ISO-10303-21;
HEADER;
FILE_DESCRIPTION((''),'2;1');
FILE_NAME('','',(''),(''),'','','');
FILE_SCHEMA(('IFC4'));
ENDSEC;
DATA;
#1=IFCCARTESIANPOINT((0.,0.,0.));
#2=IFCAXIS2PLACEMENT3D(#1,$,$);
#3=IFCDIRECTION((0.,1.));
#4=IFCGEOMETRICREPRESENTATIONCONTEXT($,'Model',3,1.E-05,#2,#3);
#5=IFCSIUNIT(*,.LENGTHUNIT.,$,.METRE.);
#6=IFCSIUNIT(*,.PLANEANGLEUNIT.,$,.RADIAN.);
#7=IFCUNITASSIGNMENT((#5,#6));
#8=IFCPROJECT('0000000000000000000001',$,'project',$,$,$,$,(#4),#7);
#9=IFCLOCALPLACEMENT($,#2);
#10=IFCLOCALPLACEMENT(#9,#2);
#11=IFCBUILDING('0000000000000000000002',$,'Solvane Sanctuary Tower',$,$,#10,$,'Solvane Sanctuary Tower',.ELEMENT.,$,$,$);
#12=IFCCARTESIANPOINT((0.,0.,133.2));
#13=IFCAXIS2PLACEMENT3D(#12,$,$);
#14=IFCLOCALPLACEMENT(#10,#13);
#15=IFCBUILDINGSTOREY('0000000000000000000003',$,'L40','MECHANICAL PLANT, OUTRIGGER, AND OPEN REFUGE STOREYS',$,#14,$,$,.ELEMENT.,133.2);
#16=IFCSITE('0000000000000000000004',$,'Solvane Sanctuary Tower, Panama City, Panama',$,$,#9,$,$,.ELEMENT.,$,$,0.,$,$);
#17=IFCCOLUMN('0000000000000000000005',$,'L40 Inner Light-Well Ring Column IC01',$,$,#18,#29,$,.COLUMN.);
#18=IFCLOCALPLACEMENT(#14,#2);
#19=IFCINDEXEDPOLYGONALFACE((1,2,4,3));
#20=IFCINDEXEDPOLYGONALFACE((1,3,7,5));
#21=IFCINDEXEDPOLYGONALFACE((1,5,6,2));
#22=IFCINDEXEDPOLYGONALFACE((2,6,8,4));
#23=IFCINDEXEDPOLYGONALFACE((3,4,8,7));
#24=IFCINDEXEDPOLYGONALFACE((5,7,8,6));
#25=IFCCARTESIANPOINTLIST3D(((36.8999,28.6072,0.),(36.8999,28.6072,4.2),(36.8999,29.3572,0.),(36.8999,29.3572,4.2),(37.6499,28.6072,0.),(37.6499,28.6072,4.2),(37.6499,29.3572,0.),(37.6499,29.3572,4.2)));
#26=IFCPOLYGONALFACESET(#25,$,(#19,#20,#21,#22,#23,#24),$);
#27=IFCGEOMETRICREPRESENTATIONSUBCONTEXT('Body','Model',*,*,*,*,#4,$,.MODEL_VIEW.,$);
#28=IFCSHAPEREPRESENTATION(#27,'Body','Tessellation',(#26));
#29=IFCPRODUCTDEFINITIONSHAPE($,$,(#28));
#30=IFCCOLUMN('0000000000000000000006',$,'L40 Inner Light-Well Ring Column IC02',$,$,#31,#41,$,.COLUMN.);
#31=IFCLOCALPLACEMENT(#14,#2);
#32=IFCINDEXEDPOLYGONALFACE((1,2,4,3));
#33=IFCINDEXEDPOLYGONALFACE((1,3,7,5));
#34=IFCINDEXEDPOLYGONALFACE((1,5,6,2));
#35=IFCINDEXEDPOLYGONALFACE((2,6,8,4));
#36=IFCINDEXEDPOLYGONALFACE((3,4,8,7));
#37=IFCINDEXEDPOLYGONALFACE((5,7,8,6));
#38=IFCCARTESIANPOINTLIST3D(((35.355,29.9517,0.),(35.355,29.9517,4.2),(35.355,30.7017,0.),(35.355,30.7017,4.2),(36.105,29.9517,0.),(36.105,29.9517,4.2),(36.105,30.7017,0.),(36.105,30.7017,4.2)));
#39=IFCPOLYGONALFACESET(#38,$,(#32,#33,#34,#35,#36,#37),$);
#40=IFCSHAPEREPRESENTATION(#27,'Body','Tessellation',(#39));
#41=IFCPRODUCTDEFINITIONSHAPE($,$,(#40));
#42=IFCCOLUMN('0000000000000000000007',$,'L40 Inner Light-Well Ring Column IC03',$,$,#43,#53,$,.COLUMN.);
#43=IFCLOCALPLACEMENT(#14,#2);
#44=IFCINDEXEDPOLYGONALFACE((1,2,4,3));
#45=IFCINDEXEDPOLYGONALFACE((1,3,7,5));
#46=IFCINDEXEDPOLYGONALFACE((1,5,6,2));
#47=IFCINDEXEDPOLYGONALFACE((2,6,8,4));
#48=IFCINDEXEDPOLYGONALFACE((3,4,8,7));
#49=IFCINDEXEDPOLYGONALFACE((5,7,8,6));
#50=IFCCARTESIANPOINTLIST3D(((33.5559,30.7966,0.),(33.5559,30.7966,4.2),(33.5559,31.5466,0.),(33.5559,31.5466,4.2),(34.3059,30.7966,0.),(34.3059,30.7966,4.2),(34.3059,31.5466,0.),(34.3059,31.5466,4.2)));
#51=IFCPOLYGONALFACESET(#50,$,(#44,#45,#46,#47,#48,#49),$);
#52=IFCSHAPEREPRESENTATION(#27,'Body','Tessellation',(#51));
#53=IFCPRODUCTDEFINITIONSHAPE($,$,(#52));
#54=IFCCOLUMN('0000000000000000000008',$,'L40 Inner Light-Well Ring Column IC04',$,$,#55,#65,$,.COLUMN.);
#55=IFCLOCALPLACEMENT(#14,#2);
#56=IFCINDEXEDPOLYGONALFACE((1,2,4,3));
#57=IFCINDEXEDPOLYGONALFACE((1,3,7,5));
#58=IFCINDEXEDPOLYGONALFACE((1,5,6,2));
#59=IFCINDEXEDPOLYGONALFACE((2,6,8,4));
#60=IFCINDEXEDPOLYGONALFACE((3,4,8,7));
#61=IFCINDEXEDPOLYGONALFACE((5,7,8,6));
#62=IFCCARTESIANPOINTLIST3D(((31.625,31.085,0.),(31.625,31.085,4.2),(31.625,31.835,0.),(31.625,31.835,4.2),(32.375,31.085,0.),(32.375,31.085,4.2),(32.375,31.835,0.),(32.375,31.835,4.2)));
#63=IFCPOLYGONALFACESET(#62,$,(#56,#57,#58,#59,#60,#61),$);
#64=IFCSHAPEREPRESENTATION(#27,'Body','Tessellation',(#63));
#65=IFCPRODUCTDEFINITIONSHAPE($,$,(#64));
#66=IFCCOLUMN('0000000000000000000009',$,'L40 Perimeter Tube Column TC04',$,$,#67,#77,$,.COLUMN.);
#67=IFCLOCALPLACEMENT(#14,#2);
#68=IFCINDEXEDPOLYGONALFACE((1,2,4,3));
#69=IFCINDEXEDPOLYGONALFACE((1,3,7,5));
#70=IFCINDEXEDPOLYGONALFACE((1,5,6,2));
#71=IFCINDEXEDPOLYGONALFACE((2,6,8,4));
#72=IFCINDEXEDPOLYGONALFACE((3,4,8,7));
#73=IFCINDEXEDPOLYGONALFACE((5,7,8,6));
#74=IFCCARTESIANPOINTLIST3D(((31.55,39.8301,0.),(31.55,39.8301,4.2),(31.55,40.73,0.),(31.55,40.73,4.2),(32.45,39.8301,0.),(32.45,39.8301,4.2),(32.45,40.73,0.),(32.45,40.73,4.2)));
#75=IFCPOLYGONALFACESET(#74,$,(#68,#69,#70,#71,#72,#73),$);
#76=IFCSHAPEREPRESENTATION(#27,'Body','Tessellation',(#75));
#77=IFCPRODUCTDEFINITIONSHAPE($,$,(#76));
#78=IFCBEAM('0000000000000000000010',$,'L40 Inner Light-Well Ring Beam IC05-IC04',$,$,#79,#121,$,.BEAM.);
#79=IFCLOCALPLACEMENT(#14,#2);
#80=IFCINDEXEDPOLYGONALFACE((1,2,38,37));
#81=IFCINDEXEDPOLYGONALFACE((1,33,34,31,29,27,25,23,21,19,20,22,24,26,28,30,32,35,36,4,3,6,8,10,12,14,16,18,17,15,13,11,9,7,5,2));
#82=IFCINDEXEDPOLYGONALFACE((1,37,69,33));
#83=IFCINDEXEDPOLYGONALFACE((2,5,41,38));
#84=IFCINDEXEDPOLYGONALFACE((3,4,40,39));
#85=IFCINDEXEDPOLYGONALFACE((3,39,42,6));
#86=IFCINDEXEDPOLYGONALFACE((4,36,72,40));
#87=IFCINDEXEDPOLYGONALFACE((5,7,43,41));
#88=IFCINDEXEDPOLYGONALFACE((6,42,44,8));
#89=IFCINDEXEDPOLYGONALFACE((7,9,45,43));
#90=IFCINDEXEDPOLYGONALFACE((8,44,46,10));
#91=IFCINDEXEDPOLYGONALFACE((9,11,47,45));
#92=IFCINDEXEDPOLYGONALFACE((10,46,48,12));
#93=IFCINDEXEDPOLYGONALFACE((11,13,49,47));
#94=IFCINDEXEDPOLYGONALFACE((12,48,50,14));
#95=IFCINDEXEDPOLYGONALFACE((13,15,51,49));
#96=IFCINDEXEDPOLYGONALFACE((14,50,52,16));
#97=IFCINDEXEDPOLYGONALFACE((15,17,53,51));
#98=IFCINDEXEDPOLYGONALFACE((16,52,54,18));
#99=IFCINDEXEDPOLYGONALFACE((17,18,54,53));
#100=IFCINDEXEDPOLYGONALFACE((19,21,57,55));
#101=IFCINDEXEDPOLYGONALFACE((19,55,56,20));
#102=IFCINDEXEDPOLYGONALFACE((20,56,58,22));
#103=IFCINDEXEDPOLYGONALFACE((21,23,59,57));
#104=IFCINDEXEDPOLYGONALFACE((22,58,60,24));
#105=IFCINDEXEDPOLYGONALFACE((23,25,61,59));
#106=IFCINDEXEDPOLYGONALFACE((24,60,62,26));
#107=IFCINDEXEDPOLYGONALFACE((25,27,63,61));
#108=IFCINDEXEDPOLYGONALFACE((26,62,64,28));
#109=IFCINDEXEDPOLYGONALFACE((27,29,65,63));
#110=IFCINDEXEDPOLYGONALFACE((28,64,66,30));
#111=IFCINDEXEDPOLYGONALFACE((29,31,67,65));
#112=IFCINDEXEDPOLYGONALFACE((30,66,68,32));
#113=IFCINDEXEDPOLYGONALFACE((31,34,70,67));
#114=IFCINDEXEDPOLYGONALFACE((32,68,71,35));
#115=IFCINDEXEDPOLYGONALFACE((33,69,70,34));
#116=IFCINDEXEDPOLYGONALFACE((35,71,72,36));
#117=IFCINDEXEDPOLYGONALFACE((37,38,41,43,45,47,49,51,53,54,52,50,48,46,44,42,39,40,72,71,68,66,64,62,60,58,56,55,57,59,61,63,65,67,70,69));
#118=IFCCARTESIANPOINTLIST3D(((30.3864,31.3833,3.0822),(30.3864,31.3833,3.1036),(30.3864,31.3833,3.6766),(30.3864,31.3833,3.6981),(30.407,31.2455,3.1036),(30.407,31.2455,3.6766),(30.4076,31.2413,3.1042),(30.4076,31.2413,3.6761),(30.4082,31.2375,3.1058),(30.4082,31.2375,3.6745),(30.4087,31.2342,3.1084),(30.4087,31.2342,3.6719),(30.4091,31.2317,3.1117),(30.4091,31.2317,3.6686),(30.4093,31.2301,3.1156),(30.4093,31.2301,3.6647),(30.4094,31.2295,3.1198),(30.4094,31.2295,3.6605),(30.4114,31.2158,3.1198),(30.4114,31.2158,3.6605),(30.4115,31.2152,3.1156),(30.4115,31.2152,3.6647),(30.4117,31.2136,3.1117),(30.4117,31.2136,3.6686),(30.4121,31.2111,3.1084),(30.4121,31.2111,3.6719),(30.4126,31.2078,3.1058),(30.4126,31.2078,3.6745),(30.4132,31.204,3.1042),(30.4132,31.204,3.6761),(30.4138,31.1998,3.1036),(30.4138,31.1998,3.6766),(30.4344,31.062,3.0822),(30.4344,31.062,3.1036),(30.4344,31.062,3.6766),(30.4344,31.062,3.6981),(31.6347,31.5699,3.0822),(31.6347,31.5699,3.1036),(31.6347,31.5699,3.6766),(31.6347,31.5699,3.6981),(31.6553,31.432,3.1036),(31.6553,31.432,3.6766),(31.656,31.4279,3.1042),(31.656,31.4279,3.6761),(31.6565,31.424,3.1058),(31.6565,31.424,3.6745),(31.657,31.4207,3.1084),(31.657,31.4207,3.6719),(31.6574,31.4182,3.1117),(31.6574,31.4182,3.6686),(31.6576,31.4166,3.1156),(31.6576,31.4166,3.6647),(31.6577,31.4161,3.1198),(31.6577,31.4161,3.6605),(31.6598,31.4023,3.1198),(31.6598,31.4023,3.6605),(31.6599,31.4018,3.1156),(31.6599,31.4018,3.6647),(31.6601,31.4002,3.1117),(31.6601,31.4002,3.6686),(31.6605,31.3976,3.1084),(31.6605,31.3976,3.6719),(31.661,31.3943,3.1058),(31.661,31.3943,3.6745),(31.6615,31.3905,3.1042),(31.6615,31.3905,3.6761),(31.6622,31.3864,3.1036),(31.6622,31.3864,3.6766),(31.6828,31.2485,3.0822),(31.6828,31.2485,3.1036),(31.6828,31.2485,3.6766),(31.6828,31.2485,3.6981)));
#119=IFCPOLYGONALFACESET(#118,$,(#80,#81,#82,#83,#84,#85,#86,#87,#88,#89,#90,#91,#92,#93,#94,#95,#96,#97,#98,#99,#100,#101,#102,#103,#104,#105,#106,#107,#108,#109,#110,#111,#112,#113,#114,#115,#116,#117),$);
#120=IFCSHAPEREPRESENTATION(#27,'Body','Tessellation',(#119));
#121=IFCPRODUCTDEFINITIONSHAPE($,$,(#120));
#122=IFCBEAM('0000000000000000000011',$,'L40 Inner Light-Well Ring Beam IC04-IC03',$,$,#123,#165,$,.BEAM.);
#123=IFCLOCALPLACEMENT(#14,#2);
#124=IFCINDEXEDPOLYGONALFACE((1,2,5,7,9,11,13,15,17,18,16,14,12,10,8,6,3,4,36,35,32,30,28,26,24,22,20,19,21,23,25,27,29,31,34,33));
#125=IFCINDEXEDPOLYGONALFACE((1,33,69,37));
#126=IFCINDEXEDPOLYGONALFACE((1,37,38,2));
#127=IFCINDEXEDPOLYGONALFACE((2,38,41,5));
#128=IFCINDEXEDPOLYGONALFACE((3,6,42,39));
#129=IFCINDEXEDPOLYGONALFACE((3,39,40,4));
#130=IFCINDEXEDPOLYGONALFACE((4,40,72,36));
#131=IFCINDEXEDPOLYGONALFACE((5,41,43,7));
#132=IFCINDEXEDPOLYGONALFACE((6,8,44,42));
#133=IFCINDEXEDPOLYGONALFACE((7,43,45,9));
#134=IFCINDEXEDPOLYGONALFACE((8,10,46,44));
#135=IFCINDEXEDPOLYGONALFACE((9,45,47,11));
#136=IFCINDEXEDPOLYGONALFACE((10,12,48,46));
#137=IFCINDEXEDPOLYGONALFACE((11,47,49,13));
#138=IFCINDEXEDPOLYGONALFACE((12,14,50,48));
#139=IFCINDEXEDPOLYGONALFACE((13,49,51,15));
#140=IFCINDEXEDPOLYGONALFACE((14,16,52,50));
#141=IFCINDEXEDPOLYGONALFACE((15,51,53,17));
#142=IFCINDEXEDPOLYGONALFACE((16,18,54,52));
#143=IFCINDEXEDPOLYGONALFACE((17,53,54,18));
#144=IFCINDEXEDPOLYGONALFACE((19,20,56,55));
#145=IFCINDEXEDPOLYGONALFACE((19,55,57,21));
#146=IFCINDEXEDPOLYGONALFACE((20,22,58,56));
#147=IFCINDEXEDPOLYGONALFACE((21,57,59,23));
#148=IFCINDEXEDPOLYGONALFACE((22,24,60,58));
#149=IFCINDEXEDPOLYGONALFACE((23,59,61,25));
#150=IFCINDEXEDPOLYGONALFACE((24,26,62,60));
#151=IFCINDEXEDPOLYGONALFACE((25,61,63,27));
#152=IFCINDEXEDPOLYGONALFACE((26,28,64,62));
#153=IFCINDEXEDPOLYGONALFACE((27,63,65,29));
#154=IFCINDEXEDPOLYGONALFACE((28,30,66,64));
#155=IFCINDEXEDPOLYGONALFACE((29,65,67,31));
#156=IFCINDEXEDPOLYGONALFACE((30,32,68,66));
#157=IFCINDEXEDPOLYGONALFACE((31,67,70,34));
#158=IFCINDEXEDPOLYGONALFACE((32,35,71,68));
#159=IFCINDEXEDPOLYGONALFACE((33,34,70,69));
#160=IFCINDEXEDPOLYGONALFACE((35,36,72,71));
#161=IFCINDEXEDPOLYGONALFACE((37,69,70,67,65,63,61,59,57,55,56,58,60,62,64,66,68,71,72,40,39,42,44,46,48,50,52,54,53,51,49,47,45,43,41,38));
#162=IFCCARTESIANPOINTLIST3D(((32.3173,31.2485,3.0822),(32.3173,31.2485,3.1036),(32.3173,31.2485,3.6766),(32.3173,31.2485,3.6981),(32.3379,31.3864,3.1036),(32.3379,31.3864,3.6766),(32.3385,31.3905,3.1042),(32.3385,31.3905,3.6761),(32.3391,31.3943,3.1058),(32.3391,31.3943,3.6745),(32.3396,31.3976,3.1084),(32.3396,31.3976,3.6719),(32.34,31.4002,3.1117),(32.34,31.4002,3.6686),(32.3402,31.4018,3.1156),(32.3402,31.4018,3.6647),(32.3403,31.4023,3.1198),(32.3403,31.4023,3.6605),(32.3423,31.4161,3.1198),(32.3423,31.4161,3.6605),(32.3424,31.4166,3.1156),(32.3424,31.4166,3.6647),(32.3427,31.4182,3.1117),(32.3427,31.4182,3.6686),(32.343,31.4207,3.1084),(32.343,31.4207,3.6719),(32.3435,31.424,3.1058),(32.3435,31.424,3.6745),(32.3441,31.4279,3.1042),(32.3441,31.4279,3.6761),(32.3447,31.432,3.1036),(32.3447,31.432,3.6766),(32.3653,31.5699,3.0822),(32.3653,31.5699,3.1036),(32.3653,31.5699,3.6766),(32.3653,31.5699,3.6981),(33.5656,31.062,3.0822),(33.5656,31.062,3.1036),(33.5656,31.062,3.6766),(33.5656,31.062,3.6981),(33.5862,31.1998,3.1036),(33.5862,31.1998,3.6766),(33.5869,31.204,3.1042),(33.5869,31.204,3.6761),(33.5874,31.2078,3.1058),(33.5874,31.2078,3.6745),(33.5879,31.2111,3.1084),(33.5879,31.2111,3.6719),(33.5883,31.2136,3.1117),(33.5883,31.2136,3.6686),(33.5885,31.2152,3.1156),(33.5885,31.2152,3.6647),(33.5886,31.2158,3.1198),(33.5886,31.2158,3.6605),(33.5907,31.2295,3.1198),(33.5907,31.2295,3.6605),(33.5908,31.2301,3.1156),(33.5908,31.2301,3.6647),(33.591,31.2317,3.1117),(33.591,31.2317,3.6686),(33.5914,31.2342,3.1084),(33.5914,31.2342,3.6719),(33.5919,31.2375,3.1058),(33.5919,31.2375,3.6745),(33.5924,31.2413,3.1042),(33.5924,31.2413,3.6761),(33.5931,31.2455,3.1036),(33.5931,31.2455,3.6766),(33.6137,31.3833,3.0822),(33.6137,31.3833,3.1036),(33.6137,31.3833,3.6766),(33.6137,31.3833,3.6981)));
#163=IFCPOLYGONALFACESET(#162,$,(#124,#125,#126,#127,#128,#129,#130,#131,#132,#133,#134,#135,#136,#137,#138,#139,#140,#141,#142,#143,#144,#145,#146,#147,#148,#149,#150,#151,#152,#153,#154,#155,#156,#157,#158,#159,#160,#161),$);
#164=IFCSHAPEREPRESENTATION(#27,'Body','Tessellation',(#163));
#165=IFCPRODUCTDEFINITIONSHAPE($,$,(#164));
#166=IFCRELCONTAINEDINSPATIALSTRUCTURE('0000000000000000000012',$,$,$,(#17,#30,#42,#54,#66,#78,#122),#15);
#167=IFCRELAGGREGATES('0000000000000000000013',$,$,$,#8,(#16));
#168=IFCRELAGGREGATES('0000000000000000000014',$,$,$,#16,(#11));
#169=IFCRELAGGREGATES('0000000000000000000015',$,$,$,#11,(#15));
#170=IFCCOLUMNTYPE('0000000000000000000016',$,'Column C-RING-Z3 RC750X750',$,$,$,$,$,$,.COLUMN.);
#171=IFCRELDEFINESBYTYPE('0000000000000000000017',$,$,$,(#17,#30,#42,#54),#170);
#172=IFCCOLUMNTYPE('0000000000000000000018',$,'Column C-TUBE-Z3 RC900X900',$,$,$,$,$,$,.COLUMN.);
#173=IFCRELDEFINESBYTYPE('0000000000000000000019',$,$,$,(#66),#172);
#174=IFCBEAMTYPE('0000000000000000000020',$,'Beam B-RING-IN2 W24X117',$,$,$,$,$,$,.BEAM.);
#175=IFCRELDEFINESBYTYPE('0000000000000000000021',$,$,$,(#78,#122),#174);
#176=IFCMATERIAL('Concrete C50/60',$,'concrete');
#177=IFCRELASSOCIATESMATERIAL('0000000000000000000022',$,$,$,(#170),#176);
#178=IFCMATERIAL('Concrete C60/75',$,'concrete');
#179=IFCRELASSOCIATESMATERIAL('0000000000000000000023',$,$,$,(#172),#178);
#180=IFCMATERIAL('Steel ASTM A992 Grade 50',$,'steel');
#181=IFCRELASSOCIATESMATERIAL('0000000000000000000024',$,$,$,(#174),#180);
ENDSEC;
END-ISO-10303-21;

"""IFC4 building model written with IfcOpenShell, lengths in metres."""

from ifc_helpers import new_model, si_unit, direction, frame, origin, origin_2d, place, context, subcontext, project, spatial, rectangle, i_section, extrude, material, material_profile, profile_set, type_object, element, save


model = new_model("IFC4")

# Units and contexts
model_context = context("Model", 3, precision=1e-05, world=origin(), true_north=direction((0.0, 1.0)))
body_context = subcontext(model_context, "Body", "Model", "MODEL_VIEW")
ifc_project = project(units=[si_unit("LENGTHUNIT", "METRE"), si_unit("PLANEANGLEUNIT", "RADIAN")], contexts=[model_context])

# Site, building, storey
site_placement = place(None, origin())
site = spatial("IfcSite", under=ifc_project, at=site_placement, Name="Solvane Sanctuary Tower, Panama City, Panama", CompositionType="ELEMENT", RefElevation=0.0)
building_placement = place(site_placement, origin())
building = spatial("IfcBuilding", under=site, at=building_placement, Name="Solvane Sanctuary Tower", LongName="Solvane Sanctuary Tower", CompositionType="ELEMENT")
storey_placement = place(building_placement, frame((0.0, 0.0, 133.2)))
storey = spatial("IfcBuildingStorey", under=building, at=storey_placement, Name="L40", Description="MECHANICAL PLANT, OUTRIGGER, AND OPEN REFUGE STOREYS", CompositionType="ELEMENT", Elevation=133.2)

# Columns
ifc_material_1 = material(Name="Concrete C50/60", Category="concrete")
ifc_material_profile_1 = material_profile(ifc_material_1, rectangle(XDim=0.75, YDim=0.75, at=origin_2d()), Name="RC750X750")
ifc_profile_set_1 = profile_set([ifc_material_profile_1], Name="Concrete C50/60")
column_type_1 = type_object("IfcColumnType", Name="Column C-RING-Z3 RC750X750", PredefinedType="COLUMN", material=ifc_profile_set_1)
for number, where, z_axis, x_axis, name in (
    (1, (37.2749, 28.9822, 0.0), (0.0, 0.0, 1.0), (1.0, 0.0, 0.0), "L40 Inner Light-Well Ring Column IC01"),
    (2, (35.73, 30.3267, 0.0), (0.0, 0.0, 1.0), (1.0, 0.0, 0.0), "L40 Inner Light-Well Ring Column IC02"),
    (3, (33.9309, 31.1716, 0.0), (0.0, 0.0, 1.0), (1.0, 0.0, 0.0), "L40 Inner Light-Well Ring Column IC03"),
    (4, (32.0, 31.46, 0.0), (0.0, 0.0, 1.0), (1.0, 0.0, 0.0), "L40 Inner Light-Well Ring Column IC04"),
):
    element("IfcColumn", number, at=place(storey_placement, frame(where, z_axis=z_axis, x_axis=x_axis)), inside=storey, type_object=column_type_1, Name=name, PredefinedType="COLUMN", context=body_context, shape_type="SweptSolid", body=[
        extrude(rectangle(XDim=0.75, YDim=0.75, at=origin_2d()), origin(), (0.0, 0.0, 1.0), 4.2),
    ])
ifc_material_2 = material(Name="Concrete C60/75", Category="concrete")
ifc_material_profile_2 = material_profile(ifc_material_2, rectangle(XDim=0.8999, YDim=0.8999, at=origin_2d()), Name="RC900X900")
ifc_profile_set_2 = profile_set([ifc_material_profile_2], Name="Concrete C60/75")
column_type_2 = type_object("IfcColumnType", Name="Column C-TUBE-Z3 RC900X900", PredefinedType="COLUMN", material=ifc_profile_set_2)
column_placement = place(storey_placement, frame((32.0, 40.28, 0.0), z_axis=(0.0, 0.0, 1.0), x_axis=(0.0, 1.0, 0.0)))
element("IfcColumn", 5, at=column_placement, inside=storey, type_object=column_type_2, Name="L40 Perimeter Tube Column TC04", PredefinedType="COLUMN", context=body_context, shape_type="SweptSolid", body=[
    extrude(rectangle(XDim=0.8999, YDim=0.8999, at=origin_2d()), origin(), (0.0, 0.0, 1.0), 4.2),
])

# Beams
ifc_material_3 = material(Name="Steel ASTM A992 Grade 50", Category="steel")
ifc_material_profile_3 = material_profile(ifc_material_3, i_section(OverallWidth=0.325, OverallDepth=0.616, WebThickness=0.0139, FlangeThickness=0.0215, FilletRadius=0.0161, at=origin_2d()), Name="W24X117")
ifc_profile_set_3 = profile_set([ifc_material_profile_3], Name="Steel ASTM A992 Grade 50")
beam_type_1 = type_object("IfcBeamType", Name="Beam B-RING-IN2 W24X117", PredefinedType="BEAM", material=ifc_profile_set_3)
for number, where, z_axis, x_axis, name in (
    (6, (30.4104, 31.2227, 3.3901), (0.98902, 0.147782, 0.0), (-0.147782, 0.98902, 0.0), "L40 Inner Light-Well Ring Beam IC05-IC04"),
    (7, (32.3413, 31.4092, 3.3901), (0.98902, -0.147782, 0.0), (0.147782, 0.98902, 0.0), "L40 Inner Light-Well Ring Beam IC04-IC03"),
):
    element("IfcBeam", number, at=place(storey_placement, frame(where, z_axis=z_axis, x_axis=x_axis)), inside=storey, type_object=beam_type_1, Name=name, PredefinedType="BEAM", context=body_context, shape_type="SweptSolid", body=[
        extrude(i_section(OverallWidth=0.325, OverallDepth=0.616, WebThickness=0.0139, FlangeThickness=0.0215, FilletRadius=0.0161, at=origin_2d()), origin(), (0.0, 0.0, 1.0), 1.2622),
    ])

save(model, "model.ifc")
